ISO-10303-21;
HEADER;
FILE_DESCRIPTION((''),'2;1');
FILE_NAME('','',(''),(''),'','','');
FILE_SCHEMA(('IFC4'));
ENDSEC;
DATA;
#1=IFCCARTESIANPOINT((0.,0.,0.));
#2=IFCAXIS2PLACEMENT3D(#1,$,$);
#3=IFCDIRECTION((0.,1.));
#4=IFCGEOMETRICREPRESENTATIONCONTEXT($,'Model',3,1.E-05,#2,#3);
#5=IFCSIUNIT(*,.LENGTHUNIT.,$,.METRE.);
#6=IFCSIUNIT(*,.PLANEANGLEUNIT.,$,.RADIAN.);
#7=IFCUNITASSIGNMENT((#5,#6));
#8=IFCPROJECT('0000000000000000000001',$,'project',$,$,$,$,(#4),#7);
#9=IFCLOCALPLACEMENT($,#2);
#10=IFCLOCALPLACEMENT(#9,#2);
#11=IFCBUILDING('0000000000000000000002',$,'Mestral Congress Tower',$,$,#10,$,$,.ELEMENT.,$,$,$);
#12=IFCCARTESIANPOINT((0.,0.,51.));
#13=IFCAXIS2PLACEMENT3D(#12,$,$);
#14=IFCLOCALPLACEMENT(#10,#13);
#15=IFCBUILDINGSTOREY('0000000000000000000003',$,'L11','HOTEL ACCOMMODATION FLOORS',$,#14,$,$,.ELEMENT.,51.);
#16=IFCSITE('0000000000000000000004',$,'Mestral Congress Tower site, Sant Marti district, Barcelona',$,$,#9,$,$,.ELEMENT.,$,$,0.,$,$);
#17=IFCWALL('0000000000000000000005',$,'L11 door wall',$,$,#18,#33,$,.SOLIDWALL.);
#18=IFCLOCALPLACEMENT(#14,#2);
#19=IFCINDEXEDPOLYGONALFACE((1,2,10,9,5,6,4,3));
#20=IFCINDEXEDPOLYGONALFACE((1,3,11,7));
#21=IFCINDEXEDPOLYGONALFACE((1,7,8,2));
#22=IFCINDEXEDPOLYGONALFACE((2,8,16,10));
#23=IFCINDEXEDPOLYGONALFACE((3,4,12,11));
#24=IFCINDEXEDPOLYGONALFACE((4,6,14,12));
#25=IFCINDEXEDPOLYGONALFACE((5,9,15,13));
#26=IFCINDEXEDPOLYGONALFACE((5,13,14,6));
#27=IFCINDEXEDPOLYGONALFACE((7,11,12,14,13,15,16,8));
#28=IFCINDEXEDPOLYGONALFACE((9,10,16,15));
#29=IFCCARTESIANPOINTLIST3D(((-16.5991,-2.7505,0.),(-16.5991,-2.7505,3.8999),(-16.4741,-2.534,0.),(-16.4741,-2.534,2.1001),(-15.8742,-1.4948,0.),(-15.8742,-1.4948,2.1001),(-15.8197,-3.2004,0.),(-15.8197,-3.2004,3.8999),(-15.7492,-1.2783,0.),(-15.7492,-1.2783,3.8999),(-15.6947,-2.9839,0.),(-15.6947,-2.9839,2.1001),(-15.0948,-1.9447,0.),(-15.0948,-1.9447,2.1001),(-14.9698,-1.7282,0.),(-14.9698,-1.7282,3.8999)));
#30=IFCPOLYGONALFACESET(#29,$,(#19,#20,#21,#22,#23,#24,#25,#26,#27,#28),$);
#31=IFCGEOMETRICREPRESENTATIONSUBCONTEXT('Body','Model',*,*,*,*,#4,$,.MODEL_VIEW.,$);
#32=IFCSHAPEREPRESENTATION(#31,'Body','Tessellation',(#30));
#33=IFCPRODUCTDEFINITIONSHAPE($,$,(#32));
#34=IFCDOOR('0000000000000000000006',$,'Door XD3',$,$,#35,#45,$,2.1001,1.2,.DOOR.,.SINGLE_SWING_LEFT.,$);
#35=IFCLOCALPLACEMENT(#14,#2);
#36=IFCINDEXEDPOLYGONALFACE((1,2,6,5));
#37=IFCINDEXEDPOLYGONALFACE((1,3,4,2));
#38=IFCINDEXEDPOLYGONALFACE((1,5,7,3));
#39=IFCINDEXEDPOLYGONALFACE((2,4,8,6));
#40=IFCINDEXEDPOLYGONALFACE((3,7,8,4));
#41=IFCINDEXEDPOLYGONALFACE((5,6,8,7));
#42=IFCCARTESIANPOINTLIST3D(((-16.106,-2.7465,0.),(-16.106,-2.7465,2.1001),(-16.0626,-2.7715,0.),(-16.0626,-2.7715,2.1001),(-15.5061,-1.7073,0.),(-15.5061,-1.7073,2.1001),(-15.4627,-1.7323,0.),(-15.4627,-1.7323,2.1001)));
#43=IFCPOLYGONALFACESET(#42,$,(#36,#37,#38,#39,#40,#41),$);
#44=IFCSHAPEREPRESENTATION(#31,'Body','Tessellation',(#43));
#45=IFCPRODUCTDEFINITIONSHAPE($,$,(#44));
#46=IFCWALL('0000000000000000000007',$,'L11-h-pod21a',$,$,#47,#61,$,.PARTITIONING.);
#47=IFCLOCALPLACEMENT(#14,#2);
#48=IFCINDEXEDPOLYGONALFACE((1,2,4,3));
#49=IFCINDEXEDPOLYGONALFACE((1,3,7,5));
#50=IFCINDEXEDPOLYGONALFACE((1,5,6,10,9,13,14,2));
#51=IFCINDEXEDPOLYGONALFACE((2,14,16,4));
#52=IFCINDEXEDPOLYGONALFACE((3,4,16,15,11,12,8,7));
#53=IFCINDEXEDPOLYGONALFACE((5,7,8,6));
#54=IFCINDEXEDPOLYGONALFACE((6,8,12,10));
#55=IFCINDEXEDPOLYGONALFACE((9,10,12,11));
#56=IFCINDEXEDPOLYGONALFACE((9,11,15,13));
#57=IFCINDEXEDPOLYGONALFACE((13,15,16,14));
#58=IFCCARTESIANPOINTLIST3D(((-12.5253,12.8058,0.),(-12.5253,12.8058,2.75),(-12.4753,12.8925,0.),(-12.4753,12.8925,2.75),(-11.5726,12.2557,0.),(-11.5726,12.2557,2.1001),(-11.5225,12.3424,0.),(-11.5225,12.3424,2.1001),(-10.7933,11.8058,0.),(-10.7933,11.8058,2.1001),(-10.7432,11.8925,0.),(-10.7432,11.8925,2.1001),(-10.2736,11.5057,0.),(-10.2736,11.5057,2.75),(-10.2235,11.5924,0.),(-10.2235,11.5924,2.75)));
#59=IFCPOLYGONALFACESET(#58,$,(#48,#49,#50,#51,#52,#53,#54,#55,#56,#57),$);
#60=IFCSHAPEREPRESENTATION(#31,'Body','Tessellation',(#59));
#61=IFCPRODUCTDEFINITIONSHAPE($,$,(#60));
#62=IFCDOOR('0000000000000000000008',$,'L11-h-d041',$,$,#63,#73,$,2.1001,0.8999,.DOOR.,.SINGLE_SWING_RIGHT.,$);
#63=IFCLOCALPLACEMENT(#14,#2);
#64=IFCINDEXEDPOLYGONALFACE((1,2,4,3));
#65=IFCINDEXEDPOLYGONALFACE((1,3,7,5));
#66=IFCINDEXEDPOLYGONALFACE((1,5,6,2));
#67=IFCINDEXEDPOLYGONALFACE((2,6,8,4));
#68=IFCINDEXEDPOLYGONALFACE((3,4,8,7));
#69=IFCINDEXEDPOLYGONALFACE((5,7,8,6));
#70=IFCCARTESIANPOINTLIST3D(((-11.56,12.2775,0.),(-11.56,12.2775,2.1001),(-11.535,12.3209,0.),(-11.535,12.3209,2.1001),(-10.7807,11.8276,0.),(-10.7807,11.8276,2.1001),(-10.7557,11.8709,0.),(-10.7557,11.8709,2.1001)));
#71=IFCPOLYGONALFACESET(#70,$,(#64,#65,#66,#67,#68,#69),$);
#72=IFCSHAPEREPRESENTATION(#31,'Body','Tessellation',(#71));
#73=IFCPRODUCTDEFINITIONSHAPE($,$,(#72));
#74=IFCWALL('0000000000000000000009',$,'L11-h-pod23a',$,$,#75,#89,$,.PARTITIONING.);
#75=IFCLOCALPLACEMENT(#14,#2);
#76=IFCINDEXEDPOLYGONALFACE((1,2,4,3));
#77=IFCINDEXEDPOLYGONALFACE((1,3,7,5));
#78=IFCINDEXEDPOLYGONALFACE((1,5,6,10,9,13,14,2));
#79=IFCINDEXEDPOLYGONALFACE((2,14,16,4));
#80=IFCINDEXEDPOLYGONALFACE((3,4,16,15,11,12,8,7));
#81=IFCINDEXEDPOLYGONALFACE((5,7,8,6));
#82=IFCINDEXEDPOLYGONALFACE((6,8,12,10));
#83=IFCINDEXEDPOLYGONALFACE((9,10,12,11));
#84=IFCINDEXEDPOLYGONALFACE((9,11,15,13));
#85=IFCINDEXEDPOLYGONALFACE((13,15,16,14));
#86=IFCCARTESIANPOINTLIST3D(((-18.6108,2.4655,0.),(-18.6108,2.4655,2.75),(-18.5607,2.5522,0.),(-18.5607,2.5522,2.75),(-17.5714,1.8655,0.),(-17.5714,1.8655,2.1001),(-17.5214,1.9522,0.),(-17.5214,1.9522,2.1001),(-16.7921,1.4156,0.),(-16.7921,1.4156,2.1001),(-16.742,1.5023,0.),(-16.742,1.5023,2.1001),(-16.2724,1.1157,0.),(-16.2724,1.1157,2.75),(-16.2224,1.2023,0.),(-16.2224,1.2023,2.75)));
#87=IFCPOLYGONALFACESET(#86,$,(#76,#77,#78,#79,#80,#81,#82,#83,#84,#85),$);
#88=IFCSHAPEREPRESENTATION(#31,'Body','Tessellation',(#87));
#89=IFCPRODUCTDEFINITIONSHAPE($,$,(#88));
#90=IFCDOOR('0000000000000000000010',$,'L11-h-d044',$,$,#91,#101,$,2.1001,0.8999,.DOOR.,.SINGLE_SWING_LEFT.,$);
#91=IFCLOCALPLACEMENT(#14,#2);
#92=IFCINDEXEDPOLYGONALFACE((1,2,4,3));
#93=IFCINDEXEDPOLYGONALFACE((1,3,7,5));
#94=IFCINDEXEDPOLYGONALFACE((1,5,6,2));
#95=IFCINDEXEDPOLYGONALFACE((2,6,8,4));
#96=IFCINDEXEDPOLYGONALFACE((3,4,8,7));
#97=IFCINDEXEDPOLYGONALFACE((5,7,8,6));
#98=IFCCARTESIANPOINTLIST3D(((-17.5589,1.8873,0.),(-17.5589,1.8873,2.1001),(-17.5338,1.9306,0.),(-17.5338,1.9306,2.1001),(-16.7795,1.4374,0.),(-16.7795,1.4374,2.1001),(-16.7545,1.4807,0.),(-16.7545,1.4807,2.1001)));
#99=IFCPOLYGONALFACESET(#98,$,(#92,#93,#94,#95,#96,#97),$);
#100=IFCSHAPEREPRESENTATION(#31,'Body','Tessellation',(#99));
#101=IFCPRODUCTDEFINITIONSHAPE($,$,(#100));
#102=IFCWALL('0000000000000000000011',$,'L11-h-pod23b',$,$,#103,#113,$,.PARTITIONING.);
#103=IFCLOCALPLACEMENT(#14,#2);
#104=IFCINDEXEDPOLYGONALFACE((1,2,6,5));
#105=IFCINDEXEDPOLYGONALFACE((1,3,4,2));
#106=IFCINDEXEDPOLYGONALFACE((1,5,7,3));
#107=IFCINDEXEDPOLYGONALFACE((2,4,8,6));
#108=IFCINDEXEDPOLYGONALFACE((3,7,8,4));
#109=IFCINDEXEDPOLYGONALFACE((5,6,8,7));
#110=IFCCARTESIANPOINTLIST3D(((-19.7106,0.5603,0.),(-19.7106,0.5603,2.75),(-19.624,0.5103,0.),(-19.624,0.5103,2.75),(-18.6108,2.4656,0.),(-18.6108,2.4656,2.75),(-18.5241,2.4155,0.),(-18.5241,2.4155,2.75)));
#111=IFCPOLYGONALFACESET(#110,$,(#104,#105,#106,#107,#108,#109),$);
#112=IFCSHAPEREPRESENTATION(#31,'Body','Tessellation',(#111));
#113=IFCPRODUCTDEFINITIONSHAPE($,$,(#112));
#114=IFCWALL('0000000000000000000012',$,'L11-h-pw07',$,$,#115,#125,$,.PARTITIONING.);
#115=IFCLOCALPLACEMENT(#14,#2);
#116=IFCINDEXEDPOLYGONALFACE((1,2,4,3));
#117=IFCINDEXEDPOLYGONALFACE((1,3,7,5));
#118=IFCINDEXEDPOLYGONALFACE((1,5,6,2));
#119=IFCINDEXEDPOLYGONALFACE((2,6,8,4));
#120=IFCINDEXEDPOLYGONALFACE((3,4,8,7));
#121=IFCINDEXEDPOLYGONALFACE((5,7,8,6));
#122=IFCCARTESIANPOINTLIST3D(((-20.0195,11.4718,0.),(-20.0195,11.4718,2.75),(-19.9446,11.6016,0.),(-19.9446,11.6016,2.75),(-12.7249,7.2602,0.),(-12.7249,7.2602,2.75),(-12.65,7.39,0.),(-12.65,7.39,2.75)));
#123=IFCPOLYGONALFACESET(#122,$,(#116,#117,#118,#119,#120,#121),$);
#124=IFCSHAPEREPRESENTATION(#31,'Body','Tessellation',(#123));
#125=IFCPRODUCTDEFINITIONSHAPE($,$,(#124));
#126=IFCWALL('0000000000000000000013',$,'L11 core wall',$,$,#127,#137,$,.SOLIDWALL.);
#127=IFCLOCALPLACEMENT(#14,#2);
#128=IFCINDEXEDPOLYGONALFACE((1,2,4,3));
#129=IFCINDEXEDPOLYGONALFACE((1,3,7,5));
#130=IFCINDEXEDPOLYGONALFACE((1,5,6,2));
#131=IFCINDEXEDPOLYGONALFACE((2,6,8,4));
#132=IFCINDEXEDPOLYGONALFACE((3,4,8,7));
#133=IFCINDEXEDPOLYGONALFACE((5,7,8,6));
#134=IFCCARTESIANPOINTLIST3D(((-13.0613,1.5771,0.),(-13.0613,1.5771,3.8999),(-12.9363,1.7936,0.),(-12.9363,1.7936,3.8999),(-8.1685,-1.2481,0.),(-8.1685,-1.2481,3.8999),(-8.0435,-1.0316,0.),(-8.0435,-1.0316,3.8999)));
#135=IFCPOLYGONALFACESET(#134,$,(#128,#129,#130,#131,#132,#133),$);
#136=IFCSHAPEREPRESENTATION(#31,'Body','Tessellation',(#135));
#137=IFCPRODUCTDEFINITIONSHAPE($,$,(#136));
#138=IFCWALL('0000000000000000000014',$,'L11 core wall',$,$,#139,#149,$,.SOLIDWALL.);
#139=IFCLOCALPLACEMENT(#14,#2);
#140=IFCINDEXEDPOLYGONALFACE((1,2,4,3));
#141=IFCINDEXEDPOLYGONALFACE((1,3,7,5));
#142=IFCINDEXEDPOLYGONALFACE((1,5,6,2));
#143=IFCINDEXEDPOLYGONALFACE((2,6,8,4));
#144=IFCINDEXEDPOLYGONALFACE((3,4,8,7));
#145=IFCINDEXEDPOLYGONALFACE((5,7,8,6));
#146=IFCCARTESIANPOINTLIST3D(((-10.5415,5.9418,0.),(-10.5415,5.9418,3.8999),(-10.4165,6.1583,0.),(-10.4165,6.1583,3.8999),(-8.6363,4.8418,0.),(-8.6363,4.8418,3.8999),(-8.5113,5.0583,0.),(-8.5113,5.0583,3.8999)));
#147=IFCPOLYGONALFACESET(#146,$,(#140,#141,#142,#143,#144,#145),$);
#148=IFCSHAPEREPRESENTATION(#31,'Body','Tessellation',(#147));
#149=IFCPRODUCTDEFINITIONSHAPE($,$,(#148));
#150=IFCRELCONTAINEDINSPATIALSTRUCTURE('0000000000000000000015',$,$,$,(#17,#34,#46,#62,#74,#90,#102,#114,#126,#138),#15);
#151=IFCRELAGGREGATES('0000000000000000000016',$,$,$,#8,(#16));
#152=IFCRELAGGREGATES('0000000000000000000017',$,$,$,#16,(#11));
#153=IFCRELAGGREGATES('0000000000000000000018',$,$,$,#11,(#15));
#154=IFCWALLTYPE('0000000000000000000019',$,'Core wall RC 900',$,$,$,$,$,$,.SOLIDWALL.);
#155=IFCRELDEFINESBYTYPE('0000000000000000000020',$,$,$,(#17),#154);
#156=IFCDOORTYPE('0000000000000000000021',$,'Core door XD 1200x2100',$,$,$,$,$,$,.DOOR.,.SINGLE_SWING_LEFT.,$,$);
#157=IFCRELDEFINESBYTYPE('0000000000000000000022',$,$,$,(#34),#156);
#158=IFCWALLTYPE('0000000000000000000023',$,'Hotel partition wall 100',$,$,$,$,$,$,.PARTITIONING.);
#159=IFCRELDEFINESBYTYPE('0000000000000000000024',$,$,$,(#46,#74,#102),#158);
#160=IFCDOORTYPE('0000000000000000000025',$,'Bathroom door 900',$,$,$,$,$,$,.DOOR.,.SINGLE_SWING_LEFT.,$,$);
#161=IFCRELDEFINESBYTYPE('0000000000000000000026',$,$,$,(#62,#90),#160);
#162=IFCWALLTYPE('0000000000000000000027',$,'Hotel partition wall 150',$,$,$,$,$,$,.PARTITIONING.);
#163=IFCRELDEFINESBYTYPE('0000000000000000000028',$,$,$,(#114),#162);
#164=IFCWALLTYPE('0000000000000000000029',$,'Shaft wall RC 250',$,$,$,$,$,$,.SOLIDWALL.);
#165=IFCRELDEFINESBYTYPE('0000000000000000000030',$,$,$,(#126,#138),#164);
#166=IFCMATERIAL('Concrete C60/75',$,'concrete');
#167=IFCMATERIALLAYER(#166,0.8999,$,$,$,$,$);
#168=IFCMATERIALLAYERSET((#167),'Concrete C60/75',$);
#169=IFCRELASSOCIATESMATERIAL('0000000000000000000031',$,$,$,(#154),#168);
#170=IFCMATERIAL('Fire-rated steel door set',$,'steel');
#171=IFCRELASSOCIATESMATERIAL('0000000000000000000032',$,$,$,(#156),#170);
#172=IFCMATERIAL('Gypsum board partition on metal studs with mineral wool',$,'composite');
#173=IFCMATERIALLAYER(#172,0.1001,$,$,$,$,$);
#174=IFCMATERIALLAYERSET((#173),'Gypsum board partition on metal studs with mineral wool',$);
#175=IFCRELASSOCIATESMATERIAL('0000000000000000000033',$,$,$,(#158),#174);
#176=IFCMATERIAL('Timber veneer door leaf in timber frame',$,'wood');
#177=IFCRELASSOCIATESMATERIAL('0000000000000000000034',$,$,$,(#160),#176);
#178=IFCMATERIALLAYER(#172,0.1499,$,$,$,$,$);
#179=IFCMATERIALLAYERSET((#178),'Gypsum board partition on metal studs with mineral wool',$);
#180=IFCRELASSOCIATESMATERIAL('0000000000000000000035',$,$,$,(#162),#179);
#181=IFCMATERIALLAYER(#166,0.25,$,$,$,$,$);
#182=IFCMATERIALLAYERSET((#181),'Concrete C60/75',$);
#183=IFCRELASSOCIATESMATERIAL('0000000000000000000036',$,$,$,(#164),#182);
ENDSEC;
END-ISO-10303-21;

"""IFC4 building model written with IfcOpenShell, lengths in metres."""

from ifc_helpers import new_model, si_unit, direction, frame, frame_2d, origin, place, context, subcontext, project, spatial, rectangle, extrude, material, layer, layer_set, type_object, element, fill, save


model = new_model("IFC4")

# Units and contexts
model_context = context("Model", 3, precision=1e-05, world=origin(), true_north=direction((0.0, 1.0)))
body_context = subcontext(model_context, "Body", "Model", "MODEL_VIEW")
ifc_project = project(units=[si_unit("LENGTHUNIT", "METRE"), si_unit("PLANEANGLEUNIT", "RADIAN")], contexts=[model_context])

# Site, building, storey
site_placement = place(None, origin())
site = spatial("IfcSite", under=ifc_project, at=site_placement, Name="Mestral Congress Tower site, Sant Marti district, Barcelona", CompositionType="ELEMENT", RefElevation=0.0)
building_placement = place(site_placement, origin())
building = spatial("IfcBuilding", under=site, at=building_placement, Name="Mestral Congress Tower", CompositionType="ELEMENT")
storey_placement = place(building_placement, frame((0.0, 0.0, 51.0)))
storey = spatial("IfcBuildingStorey", under=building, at=storey_placement, Name="L11", Description="HOTEL ACCOMMODATION FLOORS", CompositionType="ELEMENT", Elevation=51.0)

# Shared definitions
ifc_material_1 = material(Name="Concrete C60/75", Category="concrete")
ifc_layer_1 = layer(ifc_material_1, 0.8999)
ifc_layer_set_1 = layer_set([ifc_layer_1], Name="Concrete C60/75")
wall_type_1 = type_object("IfcWallType", Name="Core wall RC 900", PredefinedType="SOLIDWALL", material=ifc_layer_set_1)

# Walls, openings, doors
wall_1_placement = place(storey_placement, frame((-16.2095, -2.9756, 0.0), z_axis=(0.0, 0.0, 1.0), x_axis=(0.499955, 0.866052, 0.0)))
wall_1 = element("IfcWall", 1, at=wall_1_placement, inside=storey, type_object=wall_type_1, Name="L11 door wall", PredefinedType="SOLIDWALL", context=body_context, shape_type="SweptSolid", body=[
    extrude(rectangle(XDim=1.7, YDim=0.8999, at=frame_2d((0.8501, 0.0))), origin(), (0.0, 0.0, 1.0), 3.8999),
])
opening_1_placement = place(wall_1_placement, frame((0.25, 0.0, 0.0)))
opening_1 = element("IfcOpeningElement", 2, at=opening_1_placement, cuts=wall_1, PredefinedType="OPENING", context=body_context, shape_type="SweptSolid", body=[
    extrude(rectangle(XDim=1.2, YDim=2.1001, at=frame_2d((0.6001, 1.05))), frame((0.0, 0.46, 0.0), z_axis=(0.0, -1.0, 0.0), x_axis=(1.0, 0.0, 0.0)), (0.0, 0.0, 1.0), 0.9199),
])
ifc_material_2 = material(Name="Fire-rated steel door set", Category="steel")
door_type_1 = type_object("IfcDoorType", Name="Core door XD 1200x2100", OperationType="SINGLE_SWING_LEFT", PredefinedType="DOOR", material=ifc_material_2)
door_1_placement = place(opening_1_placement, origin())
door_1 = element("IfcDoor", 3, at=door_1_placement, inside=storey, type_object=door_type_1, Name="Door XD3", OperationType="SINGLE_SWING_LEFT", OverallHeight=2.1001, OverallWidth=1.2, PredefinedType="DOOR", context=body_context, shape_type="SweptSolid", body=[
    extrude(rectangle(XDim=1.2, YDim=2.1001, at=frame_2d((0.6001, 1.05))), frame((0.0, 0.0249, 0.0), z_axis=(0.0, -1.0, 0.0), x_axis=(1.0, 0.0, 0.0)), (0.0, 0.0, 1.0), 0.05),
])
fill(opening_1, door_1)
ifc_material_3 = material(Name="Gypsum board partition on metal studs with mineral wool", Category="composite")
ifc_layer_2 = layer(ifc_material_3, 0.1001)
ifc_layer_set_2 = layer_set([ifc_layer_2], Name="Gypsum board partition on metal studs with mineral wool")
wall_type_2 = type_object("IfcWallType", Name="Hotel partition wall 100", PredefinedType="PARTITIONING", material=ifc_layer_set_2)
wall_2_placement = place(storey_placement, frame((-10.2485, 11.5491, 0.0), z_axis=(0.0, 0.0, 1.0), x_axis=(-0.866021, 0.500007, 0.0)))
wall_2 = element("IfcWall", 4, at=wall_2_placement, inside=storey, type_object=wall_type_2, Name="L11-h-pod21a", PredefinedType="PARTITIONING", context=body_context, shape_type="SweptSolid", body=[
    extrude(rectangle(XDim=2.6001, YDim=0.1001, at=frame_2d((1.3, 0.0))), origin(), (0.0, 0.0, 1.0), 2.75),
])
opening_2_placement = place(wall_2_placement, frame((0.6001, 0.0, 0.0)))
opening_2 = element("IfcOpeningElement", 5, at=opening_2_placement, cuts=wall_2, PredefinedType="OPENING", context=body_context, shape_type="SweptSolid", body=[
    extrude(rectangle(XDim=0.8999, YDim=2.1001, at=frame_2d((0.45, 1.05))), frame((0.0, 0.0601, 0.0), z_axis=(0.0, -1.0, 0.0), x_axis=(1.0, 0.0, 0.0)), (0.0, 0.0, 1.0), 0.1201),
])
ifc_material_4 = material(Name="Timber veneer door leaf in timber frame", Category="wood")
door_type_2 = type_object("IfcDoorType", Name="Bathroom door 900", OperationType="SINGLE_SWING_LEFT", PredefinedType="DOOR", material=ifc_material_4)
door_2_placement = place(opening_2_placement, origin())
door_2 = element("IfcDoor", 6, at=door_2_placement, inside=storey, type_object=door_type_2, Name="L11-h-d041", OperationType="SINGLE_SWING_RIGHT", OverallHeight=2.1001, OverallWidth=0.8999, PredefinedType="DOOR", context=body_context, shape_type="SweptSolid", body=[
    extrude(rectangle(XDim=0.8999, YDim=2.1001, at=frame_2d((0.45, 1.05))), frame((0.0, 0.0249, 0.0), z_axis=(0.0, -1.0, 0.0), x_axis=(1.0, 0.0, 0.0)), (0.0, 0.0, 1.0), 0.05),
])
fill(opening_2, door_2)
wall_3_placement = place(storey_placement, frame((-16.2473, 1.1589, 0.0), z_axis=(0.0, 0.0, 1.0), x_axis=(-0.866059, 0.499942, 0.0)))
wall_3 = element("IfcWall", 7, at=wall_3_placement, inside=storey, type_object=wall_type_2, Name="L11-h-pod23a", PredefinedType="PARTITIONING", context=body_context, shape_type="SweptSolid", body=[
    extrude(rectangle(XDim=2.7, YDim=0.1001, at=frame_2d((1.3501, 0.0))), origin(), (0.0, 0.0, 1.0), 2.75),
])
opening_3_placement = place(wall_3_placement, frame((0.6001, 0.0, 0.0)))
opening_3 = element("IfcOpeningElement", 8, at=opening_3_placement, cuts=wall_3, PredefinedType="OPENING", context=body_context, shape_type="SweptSolid", body=[
    extrude(rectangle(XDim=0.8999, YDim=2.1001, at=frame_2d((0.45, 1.05))), frame((0.0, 0.0601, 0.0), z_axis=(0.0, -1.0, 0.0), x_axis=(1.0, 0.0, 0.0)), (0.0, 0.0, 1.0), 0.1201),
])
door_3_placement = place(opening_3_placement, origin())
door_3 = element("IfcDoor", 9, at=door_3_placement, inside=storey, type_object=door_type_2, Name="L11-h-d044", OperationType="SINGLE_SWING_LEFT", OverallHeight=2.1001, OverallWidth=0.8999, PredefinedType="DOOR", context=body_context, shape_type="SweptSolid", body=[
    extrude(rectangle(XDim=0.8999, YDim=2.1001, at=frame_2d((0.45, 1.05))), frame((0.0, 0.0249, 0.0), z_axis=(0.0, -1.0, 0.0), x_axis=(1.0, 0.0, 0.0)), (0.0, 0.0, 1.0), 0.05),
])
fill(opening_3, door_3)

# Walls
wall_4_placement = place(storey_placement, frame((-18.5674, 2.4407, 0.0), z_axis=(0.0, 0.0, 1.0), x_axis=(-0.499947, -0.866056, 0.0)))
element("IfcWall", 10, at=wall_4_placement, inside=storey, type_object=wall_type_2, Name="L11-h-pod23b", PredefinedType="PARTITIONING", context=body_context, shape_type="SweptSolid", body=[
    extrude(rectangle(XDim=2.2, YDim=0.1001, at=frame_2d((1.1001, 0.0))), origin(), (0.0, 0.0, 1.0), 2.75),
])
ifc_layer_3 = layer(ifc_material_3, 0.1499)
ifc_layer_set_3 = layer_set([ifc_layer_3], Name="Gypsum board partition on metal studs with mineral wool")
wall_type_3 = type_object("IfcWallType", Name="Hotel partition wall 150", PredefinedType="PARTITIONING", material=ifc_layer_set_3)
wall_5_placement = place(storey_placement, frame((-19.9819, 11.5366, 0.0), z_axis=(0.0, 0.0, 1.0), x_axis=(0.866021, -0.500008, 0.0)))
element("IfcWall", 11, at=wall_5_placement, inside=storey, type_object=wall_type_3, Name="L11-h-pw07", PredefinedType="PARTITIONING", context=body_context, shape_type="SweptSolid", body=[
    extrude(rectangle(XDim=8.4231, YDim=0.1499, at=frame_2d((4.2114, 0.0))), origin(), (0.0, 0.0, 1.0), 2.75),
])
ifc_layer_4 = layer(ifc_material_1, 0.25)
ifc_layer_set_4 = layer_set([ifc_layer_4], Name="Concrete C60/75")
wall_type_4 = type_object("IfcWallType", Name="Shaft wall RC 250", PredefinedType="SOLIDWALL", material=ifc_layer_set_4)
wall_6_placement = place(storey_placement, frame((-8.106, -1.1399, 0.0), z_axis=(0.0, 0.0, 1.0), x_axis=(-0.866001, 0.500043, 0.0)))
element("IfcWall", 12, at=wall_6_placement, inside=storey, type_object=wall_type_4, Name="L11 core wall", PredefinedType="SOLIDWALL", context=body_context, shape_type="SweptSolid", body=[
    extrude(rectangle(XDim=5.6499, YDim=0.25, at=frame_2d((2.825, 0.0))), origin(), (0.0, 0.0, 1.0), 3.8999),
])
wall_7_placement = place(storey_placement, frame((-8.5737, 4.95, 0.0), z_axis=(0.0, 0.0, 1.0), x_axis=(-0.866008, 0.50003, 0.0)))
element("IfcWall", 13, at=wall_7_placement, inside=storey, type_object=wall_type_4, Name="L11 core wall", PredefinedType="SOLIDWALL", context=body_context, shape_type="SweptSolid", body=[
    extrude(rectangle(XDim=2.2, YDim=0.25, at=frame_2d((1.1001, 0.0))), origin(), (0.0, 0.0, 1.0), 3.8999),
])

save(model, "model.ifc")
